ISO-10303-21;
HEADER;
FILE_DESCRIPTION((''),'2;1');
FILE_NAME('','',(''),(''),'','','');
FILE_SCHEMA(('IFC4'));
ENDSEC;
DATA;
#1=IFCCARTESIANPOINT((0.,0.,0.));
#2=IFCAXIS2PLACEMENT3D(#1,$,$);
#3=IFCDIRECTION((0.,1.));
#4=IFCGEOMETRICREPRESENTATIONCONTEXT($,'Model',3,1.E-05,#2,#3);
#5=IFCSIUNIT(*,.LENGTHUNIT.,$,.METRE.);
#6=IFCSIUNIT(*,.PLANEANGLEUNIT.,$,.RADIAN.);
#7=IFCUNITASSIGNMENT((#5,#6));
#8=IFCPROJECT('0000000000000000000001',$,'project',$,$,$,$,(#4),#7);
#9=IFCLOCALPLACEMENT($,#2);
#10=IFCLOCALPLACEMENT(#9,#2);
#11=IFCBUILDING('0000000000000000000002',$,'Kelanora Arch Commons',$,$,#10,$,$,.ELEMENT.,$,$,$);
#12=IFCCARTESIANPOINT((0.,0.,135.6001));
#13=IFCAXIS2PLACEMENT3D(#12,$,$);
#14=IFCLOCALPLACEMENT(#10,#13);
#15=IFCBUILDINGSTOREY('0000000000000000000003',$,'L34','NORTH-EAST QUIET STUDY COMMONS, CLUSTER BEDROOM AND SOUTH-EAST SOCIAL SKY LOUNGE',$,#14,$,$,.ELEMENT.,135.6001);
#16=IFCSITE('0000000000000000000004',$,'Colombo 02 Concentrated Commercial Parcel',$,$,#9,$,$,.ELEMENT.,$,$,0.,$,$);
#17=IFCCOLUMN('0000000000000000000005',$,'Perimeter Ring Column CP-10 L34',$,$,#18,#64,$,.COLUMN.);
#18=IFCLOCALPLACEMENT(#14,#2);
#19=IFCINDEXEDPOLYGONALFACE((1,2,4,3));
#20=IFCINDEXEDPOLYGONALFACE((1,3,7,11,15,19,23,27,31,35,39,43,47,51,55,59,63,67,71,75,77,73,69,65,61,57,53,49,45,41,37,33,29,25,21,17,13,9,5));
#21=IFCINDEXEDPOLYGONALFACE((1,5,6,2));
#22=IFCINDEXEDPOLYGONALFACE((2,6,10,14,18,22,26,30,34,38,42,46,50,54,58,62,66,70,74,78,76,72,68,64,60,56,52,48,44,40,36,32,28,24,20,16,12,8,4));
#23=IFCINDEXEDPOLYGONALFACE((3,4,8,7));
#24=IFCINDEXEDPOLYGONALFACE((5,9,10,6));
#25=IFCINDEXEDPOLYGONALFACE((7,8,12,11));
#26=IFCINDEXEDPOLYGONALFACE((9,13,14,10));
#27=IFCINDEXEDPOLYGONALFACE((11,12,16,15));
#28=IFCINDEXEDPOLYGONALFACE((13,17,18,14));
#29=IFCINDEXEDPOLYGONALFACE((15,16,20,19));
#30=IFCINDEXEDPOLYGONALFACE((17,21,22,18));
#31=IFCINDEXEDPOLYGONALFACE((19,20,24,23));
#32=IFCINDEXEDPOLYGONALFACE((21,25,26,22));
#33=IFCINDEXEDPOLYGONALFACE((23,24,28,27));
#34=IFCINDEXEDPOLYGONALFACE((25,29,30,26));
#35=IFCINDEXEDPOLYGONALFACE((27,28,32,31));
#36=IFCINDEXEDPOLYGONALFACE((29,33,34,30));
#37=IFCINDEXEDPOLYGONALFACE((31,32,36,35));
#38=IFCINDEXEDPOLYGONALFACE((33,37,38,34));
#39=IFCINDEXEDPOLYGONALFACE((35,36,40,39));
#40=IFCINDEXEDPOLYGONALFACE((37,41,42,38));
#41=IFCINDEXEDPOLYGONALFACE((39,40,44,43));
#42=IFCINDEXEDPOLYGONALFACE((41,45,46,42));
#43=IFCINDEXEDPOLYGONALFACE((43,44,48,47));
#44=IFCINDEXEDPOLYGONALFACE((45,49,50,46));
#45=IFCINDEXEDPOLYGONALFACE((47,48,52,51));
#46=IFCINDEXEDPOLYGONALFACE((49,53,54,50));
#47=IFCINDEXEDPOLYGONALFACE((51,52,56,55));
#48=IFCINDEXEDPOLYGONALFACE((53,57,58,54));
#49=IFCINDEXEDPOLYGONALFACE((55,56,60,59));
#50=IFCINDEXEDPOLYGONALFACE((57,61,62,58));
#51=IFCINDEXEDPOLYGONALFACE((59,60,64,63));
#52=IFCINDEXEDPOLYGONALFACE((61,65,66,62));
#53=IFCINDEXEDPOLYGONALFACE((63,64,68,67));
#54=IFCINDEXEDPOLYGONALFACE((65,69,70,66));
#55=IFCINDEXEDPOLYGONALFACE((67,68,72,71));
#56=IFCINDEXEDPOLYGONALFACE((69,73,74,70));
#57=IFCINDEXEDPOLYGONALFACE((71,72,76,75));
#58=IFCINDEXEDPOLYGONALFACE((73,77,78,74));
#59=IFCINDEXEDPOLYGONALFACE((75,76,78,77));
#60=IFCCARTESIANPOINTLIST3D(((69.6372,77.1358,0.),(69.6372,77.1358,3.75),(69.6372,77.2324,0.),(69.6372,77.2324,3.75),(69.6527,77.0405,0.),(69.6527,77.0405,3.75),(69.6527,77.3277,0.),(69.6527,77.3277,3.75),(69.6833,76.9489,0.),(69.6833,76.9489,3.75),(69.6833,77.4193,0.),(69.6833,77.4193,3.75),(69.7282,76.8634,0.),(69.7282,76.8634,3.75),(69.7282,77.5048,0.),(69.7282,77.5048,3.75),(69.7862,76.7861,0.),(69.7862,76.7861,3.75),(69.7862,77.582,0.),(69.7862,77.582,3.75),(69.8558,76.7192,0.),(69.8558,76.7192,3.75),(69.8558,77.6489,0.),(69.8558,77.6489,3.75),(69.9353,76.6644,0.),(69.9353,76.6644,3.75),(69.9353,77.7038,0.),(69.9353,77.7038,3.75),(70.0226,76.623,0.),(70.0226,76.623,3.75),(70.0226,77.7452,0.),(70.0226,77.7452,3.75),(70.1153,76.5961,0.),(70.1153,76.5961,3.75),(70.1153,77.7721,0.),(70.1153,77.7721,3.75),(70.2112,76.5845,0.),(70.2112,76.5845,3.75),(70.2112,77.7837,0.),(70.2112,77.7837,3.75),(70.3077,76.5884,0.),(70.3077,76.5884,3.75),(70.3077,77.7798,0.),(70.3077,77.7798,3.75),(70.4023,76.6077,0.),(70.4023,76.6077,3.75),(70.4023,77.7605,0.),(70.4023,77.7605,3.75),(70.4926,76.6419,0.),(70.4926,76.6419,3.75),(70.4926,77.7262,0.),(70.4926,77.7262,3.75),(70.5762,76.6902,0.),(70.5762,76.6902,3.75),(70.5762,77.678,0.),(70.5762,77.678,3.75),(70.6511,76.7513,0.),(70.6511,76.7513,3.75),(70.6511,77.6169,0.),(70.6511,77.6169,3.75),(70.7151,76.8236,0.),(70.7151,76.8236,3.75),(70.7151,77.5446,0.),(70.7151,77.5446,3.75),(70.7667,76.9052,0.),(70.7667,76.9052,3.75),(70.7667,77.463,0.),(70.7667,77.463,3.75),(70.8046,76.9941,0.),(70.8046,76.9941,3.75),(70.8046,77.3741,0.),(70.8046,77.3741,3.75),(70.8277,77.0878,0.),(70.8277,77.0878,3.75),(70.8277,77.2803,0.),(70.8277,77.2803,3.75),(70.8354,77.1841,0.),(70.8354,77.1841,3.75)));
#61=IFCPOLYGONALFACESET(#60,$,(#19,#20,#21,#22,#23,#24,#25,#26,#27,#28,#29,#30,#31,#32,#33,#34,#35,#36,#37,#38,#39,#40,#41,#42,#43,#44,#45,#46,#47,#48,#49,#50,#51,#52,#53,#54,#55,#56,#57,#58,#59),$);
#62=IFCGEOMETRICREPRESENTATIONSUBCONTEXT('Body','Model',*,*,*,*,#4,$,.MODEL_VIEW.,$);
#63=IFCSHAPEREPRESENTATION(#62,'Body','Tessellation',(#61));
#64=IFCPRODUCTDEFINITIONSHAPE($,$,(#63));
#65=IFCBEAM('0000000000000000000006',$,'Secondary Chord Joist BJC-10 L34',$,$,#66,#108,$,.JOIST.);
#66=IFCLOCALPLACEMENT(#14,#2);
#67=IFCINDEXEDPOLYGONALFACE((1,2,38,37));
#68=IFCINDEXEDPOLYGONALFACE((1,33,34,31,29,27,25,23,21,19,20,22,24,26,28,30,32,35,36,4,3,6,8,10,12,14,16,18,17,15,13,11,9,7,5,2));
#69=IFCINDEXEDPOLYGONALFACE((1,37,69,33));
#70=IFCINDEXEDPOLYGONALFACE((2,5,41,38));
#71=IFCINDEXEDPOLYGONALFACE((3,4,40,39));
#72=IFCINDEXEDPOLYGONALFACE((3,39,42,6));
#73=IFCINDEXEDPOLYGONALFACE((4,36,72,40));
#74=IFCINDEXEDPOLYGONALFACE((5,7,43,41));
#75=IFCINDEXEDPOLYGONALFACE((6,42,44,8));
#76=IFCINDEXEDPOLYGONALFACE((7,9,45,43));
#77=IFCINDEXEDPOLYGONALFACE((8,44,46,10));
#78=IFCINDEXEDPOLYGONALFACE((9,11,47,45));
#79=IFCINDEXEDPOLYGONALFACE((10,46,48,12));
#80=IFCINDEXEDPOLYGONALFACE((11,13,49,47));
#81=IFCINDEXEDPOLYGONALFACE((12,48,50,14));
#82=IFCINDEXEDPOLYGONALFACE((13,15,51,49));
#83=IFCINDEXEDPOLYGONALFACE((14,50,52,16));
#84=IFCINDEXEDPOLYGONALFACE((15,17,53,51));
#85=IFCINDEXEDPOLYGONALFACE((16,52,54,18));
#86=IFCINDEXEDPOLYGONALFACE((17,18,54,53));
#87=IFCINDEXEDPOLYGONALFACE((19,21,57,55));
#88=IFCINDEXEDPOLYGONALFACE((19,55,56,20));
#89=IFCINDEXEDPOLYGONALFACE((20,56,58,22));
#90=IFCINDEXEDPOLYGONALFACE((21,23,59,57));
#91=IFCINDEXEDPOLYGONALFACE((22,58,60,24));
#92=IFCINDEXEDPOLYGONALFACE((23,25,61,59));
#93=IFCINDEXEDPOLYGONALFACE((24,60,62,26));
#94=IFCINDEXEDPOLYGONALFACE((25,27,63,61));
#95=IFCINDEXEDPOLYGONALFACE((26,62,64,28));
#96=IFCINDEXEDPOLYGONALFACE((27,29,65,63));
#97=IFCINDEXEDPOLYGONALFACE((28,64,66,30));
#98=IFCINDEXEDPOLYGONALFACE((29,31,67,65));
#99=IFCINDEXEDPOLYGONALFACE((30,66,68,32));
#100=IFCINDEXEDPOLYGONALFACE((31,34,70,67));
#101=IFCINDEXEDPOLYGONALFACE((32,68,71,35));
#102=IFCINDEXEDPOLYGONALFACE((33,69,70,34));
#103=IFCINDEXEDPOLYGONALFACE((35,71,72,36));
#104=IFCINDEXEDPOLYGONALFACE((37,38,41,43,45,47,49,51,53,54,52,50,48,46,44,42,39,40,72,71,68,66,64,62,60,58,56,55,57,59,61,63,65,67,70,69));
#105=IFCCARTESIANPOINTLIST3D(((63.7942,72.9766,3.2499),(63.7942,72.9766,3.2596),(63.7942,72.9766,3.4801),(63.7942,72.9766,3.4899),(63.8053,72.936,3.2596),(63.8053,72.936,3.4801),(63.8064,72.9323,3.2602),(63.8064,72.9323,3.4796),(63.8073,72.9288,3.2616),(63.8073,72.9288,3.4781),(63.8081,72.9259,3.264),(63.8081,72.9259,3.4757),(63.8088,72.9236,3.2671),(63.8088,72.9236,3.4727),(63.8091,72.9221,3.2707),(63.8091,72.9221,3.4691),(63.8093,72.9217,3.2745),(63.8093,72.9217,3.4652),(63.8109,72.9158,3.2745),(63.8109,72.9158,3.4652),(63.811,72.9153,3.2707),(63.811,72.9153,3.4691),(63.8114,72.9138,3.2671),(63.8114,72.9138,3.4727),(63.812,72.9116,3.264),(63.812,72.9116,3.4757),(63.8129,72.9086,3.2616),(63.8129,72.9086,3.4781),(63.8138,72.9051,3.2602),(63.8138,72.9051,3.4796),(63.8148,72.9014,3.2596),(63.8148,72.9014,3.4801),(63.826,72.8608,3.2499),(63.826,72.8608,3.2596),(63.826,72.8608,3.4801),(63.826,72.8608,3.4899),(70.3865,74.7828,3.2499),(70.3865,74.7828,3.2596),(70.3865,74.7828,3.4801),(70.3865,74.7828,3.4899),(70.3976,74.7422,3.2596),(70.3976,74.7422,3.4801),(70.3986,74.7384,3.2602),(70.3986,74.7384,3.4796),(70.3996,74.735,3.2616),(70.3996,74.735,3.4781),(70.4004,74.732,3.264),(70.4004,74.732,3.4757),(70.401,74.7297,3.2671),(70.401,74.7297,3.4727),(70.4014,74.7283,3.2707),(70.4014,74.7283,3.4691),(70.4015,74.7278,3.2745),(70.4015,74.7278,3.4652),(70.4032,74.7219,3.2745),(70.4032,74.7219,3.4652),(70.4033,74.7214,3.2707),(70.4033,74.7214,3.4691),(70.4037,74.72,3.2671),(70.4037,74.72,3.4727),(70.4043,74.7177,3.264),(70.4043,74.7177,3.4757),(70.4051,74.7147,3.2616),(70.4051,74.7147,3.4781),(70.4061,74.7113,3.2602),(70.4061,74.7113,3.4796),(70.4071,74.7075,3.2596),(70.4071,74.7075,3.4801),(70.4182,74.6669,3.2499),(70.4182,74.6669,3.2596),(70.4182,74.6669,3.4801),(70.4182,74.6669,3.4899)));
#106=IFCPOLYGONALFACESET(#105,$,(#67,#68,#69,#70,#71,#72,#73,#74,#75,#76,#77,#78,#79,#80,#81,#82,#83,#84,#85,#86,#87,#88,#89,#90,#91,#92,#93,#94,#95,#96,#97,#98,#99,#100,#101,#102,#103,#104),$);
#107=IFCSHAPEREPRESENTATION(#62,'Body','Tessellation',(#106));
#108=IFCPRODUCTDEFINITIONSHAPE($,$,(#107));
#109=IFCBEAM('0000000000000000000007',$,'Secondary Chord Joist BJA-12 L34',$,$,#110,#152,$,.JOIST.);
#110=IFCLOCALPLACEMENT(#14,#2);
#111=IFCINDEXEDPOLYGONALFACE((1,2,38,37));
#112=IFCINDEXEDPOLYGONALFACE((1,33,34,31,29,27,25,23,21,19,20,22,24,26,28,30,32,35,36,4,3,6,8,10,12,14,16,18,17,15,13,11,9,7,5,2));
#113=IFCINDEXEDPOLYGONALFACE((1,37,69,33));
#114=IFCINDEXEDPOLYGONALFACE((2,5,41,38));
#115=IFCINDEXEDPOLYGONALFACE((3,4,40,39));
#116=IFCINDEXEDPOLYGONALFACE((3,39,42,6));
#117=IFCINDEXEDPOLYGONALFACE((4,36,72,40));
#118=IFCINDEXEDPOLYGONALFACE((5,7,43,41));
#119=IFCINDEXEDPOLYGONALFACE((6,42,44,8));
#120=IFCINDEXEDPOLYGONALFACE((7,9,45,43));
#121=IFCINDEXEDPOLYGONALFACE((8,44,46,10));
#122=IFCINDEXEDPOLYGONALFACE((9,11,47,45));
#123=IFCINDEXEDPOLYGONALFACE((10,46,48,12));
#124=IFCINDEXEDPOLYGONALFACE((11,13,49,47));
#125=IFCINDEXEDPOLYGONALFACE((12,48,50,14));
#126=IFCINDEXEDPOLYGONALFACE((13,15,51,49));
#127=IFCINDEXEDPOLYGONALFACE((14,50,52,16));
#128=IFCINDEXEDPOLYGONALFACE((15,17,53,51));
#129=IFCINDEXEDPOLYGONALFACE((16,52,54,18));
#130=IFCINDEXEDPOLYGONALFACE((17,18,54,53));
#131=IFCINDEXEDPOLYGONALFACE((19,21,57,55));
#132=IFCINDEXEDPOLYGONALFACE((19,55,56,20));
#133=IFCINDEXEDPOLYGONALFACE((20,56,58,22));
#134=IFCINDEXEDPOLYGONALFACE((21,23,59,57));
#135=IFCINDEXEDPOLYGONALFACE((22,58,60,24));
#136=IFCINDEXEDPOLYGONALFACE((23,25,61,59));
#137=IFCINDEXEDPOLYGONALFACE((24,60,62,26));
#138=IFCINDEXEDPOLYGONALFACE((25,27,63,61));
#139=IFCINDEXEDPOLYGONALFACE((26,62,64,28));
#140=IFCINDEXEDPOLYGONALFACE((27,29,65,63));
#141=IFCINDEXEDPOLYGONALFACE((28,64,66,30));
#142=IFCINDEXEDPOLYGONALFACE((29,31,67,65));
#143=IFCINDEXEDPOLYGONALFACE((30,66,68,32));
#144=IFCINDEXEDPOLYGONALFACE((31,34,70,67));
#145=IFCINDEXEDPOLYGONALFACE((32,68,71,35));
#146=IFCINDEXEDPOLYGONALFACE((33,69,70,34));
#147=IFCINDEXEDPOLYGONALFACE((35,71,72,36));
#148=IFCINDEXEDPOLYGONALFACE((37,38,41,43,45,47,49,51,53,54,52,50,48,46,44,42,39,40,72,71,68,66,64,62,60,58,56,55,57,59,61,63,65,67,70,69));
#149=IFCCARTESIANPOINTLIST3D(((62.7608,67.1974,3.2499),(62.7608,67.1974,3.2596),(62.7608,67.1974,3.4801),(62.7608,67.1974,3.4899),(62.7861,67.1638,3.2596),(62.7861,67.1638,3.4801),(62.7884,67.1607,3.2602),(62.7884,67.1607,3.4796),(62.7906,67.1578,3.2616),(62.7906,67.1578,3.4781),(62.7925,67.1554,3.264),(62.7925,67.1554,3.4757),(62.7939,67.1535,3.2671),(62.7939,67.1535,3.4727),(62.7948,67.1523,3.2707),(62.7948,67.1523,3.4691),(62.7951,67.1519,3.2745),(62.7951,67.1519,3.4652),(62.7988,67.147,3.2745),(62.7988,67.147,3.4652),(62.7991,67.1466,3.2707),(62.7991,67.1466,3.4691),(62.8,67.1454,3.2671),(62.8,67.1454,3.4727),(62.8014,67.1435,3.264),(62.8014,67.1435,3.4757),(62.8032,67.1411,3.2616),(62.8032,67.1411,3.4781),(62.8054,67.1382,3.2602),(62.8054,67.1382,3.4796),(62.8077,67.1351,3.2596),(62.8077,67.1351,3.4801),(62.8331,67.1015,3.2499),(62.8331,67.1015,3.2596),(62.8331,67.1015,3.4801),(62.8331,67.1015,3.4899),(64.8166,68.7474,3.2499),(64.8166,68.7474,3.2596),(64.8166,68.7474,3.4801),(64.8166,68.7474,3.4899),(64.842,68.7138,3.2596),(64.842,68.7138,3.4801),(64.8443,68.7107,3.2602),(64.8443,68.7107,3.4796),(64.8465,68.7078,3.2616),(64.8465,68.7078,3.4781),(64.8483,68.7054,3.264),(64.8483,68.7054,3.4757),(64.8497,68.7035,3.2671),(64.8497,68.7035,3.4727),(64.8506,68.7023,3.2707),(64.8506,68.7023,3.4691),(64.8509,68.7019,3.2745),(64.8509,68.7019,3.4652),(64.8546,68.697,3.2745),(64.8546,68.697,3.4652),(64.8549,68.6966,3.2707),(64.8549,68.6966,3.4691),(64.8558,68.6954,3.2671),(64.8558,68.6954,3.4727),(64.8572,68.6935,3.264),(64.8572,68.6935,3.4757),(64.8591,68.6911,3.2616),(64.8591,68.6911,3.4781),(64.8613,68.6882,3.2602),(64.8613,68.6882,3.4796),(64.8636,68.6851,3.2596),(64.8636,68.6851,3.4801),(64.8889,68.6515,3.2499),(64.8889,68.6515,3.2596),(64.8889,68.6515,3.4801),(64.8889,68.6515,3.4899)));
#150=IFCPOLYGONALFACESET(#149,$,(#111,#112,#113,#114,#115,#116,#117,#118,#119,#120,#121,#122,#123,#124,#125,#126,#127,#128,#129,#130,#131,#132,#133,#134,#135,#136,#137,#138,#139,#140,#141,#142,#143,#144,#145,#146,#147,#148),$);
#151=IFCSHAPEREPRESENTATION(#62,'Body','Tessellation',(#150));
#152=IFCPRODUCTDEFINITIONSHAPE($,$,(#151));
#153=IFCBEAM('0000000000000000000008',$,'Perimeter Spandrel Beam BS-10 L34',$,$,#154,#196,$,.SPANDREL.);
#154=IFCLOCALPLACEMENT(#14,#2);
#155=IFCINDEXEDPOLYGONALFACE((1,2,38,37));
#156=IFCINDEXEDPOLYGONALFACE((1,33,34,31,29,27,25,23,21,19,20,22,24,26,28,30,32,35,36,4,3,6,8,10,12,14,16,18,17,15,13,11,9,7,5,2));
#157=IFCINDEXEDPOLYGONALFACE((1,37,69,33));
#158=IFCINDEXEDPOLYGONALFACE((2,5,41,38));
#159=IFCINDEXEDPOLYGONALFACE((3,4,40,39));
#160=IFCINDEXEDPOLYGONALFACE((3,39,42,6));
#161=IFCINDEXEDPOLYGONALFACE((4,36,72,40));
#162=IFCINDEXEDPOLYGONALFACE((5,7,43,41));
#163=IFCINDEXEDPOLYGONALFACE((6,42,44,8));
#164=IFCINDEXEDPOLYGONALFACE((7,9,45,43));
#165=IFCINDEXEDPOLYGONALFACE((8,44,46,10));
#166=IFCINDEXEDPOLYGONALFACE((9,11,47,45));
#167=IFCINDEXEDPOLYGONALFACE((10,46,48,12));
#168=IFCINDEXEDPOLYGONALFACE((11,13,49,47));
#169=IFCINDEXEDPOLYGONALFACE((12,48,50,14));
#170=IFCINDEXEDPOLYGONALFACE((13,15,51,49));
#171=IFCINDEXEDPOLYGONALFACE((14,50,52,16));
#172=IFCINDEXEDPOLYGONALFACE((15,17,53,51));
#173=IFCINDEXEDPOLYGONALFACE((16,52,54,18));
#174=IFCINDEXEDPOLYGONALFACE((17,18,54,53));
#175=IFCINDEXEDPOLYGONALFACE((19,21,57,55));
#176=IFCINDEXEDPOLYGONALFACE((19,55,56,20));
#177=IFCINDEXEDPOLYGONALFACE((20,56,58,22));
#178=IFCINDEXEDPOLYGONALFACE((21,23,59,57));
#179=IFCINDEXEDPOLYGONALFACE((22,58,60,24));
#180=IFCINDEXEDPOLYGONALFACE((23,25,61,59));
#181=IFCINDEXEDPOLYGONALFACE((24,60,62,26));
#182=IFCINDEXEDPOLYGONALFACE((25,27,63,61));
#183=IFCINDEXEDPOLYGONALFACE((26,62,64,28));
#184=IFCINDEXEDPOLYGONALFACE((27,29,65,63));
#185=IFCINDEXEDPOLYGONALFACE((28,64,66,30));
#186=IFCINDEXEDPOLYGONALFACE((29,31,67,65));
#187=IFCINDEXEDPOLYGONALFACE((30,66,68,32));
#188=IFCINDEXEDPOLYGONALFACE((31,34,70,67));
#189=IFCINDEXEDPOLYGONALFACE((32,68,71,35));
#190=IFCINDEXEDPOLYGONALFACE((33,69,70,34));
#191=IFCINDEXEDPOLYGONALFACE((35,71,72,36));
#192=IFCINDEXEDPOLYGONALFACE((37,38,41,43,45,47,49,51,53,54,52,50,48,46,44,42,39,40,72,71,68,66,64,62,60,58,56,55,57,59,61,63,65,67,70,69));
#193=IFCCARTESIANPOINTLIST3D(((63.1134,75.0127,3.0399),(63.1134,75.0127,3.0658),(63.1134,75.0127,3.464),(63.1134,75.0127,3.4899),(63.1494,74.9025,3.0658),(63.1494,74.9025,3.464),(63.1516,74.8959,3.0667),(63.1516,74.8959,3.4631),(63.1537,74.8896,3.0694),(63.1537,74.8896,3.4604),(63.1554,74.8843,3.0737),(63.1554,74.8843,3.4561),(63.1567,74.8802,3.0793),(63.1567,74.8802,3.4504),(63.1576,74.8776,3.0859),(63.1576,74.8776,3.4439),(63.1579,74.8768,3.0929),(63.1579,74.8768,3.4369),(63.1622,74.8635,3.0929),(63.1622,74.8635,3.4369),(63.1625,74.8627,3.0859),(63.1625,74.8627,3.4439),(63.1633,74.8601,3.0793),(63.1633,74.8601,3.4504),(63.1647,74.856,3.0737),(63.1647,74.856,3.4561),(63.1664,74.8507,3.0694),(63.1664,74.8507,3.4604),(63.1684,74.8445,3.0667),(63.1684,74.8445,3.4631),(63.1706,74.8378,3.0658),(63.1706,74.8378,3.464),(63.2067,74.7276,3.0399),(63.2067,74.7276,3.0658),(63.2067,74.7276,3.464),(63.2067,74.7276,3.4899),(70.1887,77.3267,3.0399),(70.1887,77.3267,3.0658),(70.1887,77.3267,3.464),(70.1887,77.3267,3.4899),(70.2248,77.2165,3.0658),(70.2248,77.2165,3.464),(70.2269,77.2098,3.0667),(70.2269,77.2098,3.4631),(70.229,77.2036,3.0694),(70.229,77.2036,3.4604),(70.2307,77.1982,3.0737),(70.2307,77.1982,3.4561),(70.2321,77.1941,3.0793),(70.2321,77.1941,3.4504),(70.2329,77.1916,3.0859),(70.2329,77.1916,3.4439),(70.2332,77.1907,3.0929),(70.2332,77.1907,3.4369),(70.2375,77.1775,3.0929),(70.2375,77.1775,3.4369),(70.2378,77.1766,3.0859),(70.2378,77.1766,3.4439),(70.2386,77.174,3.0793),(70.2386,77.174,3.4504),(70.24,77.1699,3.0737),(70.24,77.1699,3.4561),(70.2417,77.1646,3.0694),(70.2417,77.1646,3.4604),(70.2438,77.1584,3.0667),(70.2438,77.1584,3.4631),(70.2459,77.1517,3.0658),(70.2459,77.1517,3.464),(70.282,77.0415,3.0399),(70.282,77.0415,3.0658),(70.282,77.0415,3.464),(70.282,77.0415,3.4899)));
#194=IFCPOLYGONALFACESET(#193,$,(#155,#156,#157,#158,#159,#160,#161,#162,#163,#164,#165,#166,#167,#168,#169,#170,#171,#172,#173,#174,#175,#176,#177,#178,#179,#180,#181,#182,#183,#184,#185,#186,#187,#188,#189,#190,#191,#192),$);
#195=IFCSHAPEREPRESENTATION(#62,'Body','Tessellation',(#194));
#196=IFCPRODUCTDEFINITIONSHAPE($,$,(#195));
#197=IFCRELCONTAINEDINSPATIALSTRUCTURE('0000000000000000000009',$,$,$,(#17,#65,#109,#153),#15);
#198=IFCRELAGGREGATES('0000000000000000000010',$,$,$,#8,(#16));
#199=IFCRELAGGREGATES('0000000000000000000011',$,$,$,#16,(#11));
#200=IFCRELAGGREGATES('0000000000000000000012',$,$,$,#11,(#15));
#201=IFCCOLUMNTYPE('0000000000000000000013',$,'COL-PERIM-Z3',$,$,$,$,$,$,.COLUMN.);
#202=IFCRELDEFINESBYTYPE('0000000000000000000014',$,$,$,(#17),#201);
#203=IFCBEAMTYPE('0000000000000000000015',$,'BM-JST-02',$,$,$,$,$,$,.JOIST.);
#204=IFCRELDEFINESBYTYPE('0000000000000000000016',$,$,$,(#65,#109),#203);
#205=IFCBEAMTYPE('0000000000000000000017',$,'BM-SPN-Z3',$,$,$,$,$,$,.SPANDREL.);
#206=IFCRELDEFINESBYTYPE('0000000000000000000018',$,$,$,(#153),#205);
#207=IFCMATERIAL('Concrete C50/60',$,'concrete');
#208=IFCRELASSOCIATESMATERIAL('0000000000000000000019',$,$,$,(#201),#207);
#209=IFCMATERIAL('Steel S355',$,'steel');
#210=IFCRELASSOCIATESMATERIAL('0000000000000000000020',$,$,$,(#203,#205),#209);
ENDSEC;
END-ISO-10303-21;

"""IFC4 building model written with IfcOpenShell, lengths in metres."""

from ifc_helpers import new_model, si_unit, direction, frame, origin, origin_2d, place, context, subcontext, project, spatial, circle, i_section, extrude, material, material_profile, profile_set, type_object, element, save


model = new_model("IFC4")

# Units and contexts
model_context = context("Model", 3, precision=1e-05, world=origin(), true_north=direction((0.0, 1.0)))
body_context = subcontext(model_context, "Body", "Model", "MODEL_VIEW")
ifc_project = project(units=[si_unit("LENGTHUNIT", "METRE"), si_unit("PLANEANGLEUNIT", "RADIAN")], contexts=[model_context])

# Site, building, storey
site_placement = place(None, origin())
site = spatial("IfcSite", under=ifc_project, at=site_placement, Name="Colombo 02 Concentrated Commercial Parcel", CompositionType="ELEMENT", RefElevation=0.0)
building_placement = place(site_placement, origin())
building = spatial("IfcBuilding", under=site, at=building_placement, Name="Kelanora Arch Commons", CompositionType="ELEMENT")
storey_placement = place(building_placement, frame((0.0, 0.0, 135.6001)))
storey = spatial("IfcBuildingStorey", under=building, at=storey_placement, Name="L34", Description="NORTH-EAST QUIET STUDY COMMONS, CLUSTER BEDROOM AND SOUTH-EAST SOCIAL SKY LOUNGE", CompositionType="ELEMENT", Elevation=135.6001)

# Column
ifc_material_1 = material(Name="Concrete C50/60", Category="concrete")
ifc_material_profile_1 = material_profile(ifc_material_1, circle(Radius=0.6001, at=origin_2d()), Name="RCC1200")
ifc_profile_set_1 = profile_set([ifc_material_profile_1], Name="Concrete C50/60")
column_type = type_object("IfcColumnType", Name="COL-PERIM-Z3", PredefinedType="COLUMN", material=ifc_profile_set_1)
column_placement = place(storey_placement, frame((70.2354, 77.1841, 0.0), z_axis=(0.0, 0.0, 1.0), x_axis=(1.0, 0.0, 0.0)))
element("IfcColumn", 1, at=column_placement, inside=storey, type_object=column_type, Name="Perimeter Ring Column CP-10 L34", PredefinedType="COLUMN", context=body_context, shape_type="SweptSolid", body=[
    extrude(circle(Radius=0.6001, at=origin_2d()), origin(), (0.0, 0.0, 1.0), 3.75),
])

# Beams
ifc_material_2 = material(Name="Steel S355", Category="steel")
ifc_material_profile_2 = material_profile(ifc_material_2, i_section(OverallWidth=0.1201, OverallDepth=0.24, WebThickness=0.0061, FlangeThickness=0.0098, FilletRadius=0.0149, at=origin_2d()), Name="IPE240")
ifc_profile_set_2 = profile_set([ifc_material_profile_2], Name="Steel S355")
beam_type_1 = type_object("IfcBeamType", Name="BM-JST-02", PredefinedType="JOIST", material=ifc_profile_set_2)
beam_1_placement = place(storey_placement, frame((70.4023, 74.7249, 3.3699), z_axis=(-0.964457, -0.264242, 0.0), x_axis=(0.264242, -0.964457, 0.0)))
element("IfcBeam", 2, at=beam_1_placement, inside=storey, type_object=beam_type_1, Name="Secondary Chord Joist BJC-10 L34", PredefinedType="JOIST", context=body_context, shape_type="SweptSolid", body=[
    extrude(i_section(OverallWidth=0.1201, OverallDepth=0.24, WebThickness=0.0061, FlangeThickness=0.0098, FilletRadius=0.0149, at=origin_2d()), origin(), (0.0, 0.0, 1.0), 6.8352),
])
beam_2_placement = place(storey_placement, frame((64.8528, 68.6995, 3.3699), z_axis=(-0.798484, -0.602016, 0.0), x_axis=(0.602016, -0.798484, 0.0)))
element("IfcBeam", 3, at=beam_2_placement, inside=storey, type_object=beam_type_1, Name="Secondary Chord Joist BJA-12 L34", PredefinedType="JOIST", context=body_context, shape_type="SweptSolid", body=[
    extrude(i_section(OverallWidth=0.1201, OverallDepth=0.24, WebThickness=0.0061, FlangeThickness=0.0098, FilletRadius=0.0149, at=origin_2d()), origin(), (0.0, 0.0, 1.0), 2.5747),
])
ifc_material_profile_3 = material_profile(ifc_material_2, i_section(OverallWidth=0.3, OverallDepth=0.45, WebThickness=0.0139, FlangeThickness=0.0259, FilletRadius=0.0271, at=origin_2d()), Name="HEB450")
ifc_profile_set_3 = profile_set([ifc_material_profile_3], Name="Steel S355")
beam_type_2 = type_object("IfcBeamType", Name="BM-SPN-Z3", PredefinedType="SPANDREL", material=ifc_profile_set_3)
beam_3_placement = place(storey_placement, frame((70.2354, 77.1841, 3.2649), z_axis=(-0.950462, -0.310841, 0.0), x_axis=(0.310841, -0.950462, 0.0)))
element("IfcBeam", 4, at=beam_3_placement, inside=storey, type_object=beam_type_2, Name="Perimeter Spandrel Beam BS-10 L34", PredefinedType="SPANDREL", context=body_context, shape_type="SweptSolid", body=[
    extrude(i_section(OverallWidth=0.3, OverallDepth=0.45, WebThickness=0.0139, FlangeThickness=0.0259, FilletRadius=0.0271, at=origin_2d()), origin(), (0.0, 0.0, 1.0), 7.4441),
])

save(model, "model.ifc")
